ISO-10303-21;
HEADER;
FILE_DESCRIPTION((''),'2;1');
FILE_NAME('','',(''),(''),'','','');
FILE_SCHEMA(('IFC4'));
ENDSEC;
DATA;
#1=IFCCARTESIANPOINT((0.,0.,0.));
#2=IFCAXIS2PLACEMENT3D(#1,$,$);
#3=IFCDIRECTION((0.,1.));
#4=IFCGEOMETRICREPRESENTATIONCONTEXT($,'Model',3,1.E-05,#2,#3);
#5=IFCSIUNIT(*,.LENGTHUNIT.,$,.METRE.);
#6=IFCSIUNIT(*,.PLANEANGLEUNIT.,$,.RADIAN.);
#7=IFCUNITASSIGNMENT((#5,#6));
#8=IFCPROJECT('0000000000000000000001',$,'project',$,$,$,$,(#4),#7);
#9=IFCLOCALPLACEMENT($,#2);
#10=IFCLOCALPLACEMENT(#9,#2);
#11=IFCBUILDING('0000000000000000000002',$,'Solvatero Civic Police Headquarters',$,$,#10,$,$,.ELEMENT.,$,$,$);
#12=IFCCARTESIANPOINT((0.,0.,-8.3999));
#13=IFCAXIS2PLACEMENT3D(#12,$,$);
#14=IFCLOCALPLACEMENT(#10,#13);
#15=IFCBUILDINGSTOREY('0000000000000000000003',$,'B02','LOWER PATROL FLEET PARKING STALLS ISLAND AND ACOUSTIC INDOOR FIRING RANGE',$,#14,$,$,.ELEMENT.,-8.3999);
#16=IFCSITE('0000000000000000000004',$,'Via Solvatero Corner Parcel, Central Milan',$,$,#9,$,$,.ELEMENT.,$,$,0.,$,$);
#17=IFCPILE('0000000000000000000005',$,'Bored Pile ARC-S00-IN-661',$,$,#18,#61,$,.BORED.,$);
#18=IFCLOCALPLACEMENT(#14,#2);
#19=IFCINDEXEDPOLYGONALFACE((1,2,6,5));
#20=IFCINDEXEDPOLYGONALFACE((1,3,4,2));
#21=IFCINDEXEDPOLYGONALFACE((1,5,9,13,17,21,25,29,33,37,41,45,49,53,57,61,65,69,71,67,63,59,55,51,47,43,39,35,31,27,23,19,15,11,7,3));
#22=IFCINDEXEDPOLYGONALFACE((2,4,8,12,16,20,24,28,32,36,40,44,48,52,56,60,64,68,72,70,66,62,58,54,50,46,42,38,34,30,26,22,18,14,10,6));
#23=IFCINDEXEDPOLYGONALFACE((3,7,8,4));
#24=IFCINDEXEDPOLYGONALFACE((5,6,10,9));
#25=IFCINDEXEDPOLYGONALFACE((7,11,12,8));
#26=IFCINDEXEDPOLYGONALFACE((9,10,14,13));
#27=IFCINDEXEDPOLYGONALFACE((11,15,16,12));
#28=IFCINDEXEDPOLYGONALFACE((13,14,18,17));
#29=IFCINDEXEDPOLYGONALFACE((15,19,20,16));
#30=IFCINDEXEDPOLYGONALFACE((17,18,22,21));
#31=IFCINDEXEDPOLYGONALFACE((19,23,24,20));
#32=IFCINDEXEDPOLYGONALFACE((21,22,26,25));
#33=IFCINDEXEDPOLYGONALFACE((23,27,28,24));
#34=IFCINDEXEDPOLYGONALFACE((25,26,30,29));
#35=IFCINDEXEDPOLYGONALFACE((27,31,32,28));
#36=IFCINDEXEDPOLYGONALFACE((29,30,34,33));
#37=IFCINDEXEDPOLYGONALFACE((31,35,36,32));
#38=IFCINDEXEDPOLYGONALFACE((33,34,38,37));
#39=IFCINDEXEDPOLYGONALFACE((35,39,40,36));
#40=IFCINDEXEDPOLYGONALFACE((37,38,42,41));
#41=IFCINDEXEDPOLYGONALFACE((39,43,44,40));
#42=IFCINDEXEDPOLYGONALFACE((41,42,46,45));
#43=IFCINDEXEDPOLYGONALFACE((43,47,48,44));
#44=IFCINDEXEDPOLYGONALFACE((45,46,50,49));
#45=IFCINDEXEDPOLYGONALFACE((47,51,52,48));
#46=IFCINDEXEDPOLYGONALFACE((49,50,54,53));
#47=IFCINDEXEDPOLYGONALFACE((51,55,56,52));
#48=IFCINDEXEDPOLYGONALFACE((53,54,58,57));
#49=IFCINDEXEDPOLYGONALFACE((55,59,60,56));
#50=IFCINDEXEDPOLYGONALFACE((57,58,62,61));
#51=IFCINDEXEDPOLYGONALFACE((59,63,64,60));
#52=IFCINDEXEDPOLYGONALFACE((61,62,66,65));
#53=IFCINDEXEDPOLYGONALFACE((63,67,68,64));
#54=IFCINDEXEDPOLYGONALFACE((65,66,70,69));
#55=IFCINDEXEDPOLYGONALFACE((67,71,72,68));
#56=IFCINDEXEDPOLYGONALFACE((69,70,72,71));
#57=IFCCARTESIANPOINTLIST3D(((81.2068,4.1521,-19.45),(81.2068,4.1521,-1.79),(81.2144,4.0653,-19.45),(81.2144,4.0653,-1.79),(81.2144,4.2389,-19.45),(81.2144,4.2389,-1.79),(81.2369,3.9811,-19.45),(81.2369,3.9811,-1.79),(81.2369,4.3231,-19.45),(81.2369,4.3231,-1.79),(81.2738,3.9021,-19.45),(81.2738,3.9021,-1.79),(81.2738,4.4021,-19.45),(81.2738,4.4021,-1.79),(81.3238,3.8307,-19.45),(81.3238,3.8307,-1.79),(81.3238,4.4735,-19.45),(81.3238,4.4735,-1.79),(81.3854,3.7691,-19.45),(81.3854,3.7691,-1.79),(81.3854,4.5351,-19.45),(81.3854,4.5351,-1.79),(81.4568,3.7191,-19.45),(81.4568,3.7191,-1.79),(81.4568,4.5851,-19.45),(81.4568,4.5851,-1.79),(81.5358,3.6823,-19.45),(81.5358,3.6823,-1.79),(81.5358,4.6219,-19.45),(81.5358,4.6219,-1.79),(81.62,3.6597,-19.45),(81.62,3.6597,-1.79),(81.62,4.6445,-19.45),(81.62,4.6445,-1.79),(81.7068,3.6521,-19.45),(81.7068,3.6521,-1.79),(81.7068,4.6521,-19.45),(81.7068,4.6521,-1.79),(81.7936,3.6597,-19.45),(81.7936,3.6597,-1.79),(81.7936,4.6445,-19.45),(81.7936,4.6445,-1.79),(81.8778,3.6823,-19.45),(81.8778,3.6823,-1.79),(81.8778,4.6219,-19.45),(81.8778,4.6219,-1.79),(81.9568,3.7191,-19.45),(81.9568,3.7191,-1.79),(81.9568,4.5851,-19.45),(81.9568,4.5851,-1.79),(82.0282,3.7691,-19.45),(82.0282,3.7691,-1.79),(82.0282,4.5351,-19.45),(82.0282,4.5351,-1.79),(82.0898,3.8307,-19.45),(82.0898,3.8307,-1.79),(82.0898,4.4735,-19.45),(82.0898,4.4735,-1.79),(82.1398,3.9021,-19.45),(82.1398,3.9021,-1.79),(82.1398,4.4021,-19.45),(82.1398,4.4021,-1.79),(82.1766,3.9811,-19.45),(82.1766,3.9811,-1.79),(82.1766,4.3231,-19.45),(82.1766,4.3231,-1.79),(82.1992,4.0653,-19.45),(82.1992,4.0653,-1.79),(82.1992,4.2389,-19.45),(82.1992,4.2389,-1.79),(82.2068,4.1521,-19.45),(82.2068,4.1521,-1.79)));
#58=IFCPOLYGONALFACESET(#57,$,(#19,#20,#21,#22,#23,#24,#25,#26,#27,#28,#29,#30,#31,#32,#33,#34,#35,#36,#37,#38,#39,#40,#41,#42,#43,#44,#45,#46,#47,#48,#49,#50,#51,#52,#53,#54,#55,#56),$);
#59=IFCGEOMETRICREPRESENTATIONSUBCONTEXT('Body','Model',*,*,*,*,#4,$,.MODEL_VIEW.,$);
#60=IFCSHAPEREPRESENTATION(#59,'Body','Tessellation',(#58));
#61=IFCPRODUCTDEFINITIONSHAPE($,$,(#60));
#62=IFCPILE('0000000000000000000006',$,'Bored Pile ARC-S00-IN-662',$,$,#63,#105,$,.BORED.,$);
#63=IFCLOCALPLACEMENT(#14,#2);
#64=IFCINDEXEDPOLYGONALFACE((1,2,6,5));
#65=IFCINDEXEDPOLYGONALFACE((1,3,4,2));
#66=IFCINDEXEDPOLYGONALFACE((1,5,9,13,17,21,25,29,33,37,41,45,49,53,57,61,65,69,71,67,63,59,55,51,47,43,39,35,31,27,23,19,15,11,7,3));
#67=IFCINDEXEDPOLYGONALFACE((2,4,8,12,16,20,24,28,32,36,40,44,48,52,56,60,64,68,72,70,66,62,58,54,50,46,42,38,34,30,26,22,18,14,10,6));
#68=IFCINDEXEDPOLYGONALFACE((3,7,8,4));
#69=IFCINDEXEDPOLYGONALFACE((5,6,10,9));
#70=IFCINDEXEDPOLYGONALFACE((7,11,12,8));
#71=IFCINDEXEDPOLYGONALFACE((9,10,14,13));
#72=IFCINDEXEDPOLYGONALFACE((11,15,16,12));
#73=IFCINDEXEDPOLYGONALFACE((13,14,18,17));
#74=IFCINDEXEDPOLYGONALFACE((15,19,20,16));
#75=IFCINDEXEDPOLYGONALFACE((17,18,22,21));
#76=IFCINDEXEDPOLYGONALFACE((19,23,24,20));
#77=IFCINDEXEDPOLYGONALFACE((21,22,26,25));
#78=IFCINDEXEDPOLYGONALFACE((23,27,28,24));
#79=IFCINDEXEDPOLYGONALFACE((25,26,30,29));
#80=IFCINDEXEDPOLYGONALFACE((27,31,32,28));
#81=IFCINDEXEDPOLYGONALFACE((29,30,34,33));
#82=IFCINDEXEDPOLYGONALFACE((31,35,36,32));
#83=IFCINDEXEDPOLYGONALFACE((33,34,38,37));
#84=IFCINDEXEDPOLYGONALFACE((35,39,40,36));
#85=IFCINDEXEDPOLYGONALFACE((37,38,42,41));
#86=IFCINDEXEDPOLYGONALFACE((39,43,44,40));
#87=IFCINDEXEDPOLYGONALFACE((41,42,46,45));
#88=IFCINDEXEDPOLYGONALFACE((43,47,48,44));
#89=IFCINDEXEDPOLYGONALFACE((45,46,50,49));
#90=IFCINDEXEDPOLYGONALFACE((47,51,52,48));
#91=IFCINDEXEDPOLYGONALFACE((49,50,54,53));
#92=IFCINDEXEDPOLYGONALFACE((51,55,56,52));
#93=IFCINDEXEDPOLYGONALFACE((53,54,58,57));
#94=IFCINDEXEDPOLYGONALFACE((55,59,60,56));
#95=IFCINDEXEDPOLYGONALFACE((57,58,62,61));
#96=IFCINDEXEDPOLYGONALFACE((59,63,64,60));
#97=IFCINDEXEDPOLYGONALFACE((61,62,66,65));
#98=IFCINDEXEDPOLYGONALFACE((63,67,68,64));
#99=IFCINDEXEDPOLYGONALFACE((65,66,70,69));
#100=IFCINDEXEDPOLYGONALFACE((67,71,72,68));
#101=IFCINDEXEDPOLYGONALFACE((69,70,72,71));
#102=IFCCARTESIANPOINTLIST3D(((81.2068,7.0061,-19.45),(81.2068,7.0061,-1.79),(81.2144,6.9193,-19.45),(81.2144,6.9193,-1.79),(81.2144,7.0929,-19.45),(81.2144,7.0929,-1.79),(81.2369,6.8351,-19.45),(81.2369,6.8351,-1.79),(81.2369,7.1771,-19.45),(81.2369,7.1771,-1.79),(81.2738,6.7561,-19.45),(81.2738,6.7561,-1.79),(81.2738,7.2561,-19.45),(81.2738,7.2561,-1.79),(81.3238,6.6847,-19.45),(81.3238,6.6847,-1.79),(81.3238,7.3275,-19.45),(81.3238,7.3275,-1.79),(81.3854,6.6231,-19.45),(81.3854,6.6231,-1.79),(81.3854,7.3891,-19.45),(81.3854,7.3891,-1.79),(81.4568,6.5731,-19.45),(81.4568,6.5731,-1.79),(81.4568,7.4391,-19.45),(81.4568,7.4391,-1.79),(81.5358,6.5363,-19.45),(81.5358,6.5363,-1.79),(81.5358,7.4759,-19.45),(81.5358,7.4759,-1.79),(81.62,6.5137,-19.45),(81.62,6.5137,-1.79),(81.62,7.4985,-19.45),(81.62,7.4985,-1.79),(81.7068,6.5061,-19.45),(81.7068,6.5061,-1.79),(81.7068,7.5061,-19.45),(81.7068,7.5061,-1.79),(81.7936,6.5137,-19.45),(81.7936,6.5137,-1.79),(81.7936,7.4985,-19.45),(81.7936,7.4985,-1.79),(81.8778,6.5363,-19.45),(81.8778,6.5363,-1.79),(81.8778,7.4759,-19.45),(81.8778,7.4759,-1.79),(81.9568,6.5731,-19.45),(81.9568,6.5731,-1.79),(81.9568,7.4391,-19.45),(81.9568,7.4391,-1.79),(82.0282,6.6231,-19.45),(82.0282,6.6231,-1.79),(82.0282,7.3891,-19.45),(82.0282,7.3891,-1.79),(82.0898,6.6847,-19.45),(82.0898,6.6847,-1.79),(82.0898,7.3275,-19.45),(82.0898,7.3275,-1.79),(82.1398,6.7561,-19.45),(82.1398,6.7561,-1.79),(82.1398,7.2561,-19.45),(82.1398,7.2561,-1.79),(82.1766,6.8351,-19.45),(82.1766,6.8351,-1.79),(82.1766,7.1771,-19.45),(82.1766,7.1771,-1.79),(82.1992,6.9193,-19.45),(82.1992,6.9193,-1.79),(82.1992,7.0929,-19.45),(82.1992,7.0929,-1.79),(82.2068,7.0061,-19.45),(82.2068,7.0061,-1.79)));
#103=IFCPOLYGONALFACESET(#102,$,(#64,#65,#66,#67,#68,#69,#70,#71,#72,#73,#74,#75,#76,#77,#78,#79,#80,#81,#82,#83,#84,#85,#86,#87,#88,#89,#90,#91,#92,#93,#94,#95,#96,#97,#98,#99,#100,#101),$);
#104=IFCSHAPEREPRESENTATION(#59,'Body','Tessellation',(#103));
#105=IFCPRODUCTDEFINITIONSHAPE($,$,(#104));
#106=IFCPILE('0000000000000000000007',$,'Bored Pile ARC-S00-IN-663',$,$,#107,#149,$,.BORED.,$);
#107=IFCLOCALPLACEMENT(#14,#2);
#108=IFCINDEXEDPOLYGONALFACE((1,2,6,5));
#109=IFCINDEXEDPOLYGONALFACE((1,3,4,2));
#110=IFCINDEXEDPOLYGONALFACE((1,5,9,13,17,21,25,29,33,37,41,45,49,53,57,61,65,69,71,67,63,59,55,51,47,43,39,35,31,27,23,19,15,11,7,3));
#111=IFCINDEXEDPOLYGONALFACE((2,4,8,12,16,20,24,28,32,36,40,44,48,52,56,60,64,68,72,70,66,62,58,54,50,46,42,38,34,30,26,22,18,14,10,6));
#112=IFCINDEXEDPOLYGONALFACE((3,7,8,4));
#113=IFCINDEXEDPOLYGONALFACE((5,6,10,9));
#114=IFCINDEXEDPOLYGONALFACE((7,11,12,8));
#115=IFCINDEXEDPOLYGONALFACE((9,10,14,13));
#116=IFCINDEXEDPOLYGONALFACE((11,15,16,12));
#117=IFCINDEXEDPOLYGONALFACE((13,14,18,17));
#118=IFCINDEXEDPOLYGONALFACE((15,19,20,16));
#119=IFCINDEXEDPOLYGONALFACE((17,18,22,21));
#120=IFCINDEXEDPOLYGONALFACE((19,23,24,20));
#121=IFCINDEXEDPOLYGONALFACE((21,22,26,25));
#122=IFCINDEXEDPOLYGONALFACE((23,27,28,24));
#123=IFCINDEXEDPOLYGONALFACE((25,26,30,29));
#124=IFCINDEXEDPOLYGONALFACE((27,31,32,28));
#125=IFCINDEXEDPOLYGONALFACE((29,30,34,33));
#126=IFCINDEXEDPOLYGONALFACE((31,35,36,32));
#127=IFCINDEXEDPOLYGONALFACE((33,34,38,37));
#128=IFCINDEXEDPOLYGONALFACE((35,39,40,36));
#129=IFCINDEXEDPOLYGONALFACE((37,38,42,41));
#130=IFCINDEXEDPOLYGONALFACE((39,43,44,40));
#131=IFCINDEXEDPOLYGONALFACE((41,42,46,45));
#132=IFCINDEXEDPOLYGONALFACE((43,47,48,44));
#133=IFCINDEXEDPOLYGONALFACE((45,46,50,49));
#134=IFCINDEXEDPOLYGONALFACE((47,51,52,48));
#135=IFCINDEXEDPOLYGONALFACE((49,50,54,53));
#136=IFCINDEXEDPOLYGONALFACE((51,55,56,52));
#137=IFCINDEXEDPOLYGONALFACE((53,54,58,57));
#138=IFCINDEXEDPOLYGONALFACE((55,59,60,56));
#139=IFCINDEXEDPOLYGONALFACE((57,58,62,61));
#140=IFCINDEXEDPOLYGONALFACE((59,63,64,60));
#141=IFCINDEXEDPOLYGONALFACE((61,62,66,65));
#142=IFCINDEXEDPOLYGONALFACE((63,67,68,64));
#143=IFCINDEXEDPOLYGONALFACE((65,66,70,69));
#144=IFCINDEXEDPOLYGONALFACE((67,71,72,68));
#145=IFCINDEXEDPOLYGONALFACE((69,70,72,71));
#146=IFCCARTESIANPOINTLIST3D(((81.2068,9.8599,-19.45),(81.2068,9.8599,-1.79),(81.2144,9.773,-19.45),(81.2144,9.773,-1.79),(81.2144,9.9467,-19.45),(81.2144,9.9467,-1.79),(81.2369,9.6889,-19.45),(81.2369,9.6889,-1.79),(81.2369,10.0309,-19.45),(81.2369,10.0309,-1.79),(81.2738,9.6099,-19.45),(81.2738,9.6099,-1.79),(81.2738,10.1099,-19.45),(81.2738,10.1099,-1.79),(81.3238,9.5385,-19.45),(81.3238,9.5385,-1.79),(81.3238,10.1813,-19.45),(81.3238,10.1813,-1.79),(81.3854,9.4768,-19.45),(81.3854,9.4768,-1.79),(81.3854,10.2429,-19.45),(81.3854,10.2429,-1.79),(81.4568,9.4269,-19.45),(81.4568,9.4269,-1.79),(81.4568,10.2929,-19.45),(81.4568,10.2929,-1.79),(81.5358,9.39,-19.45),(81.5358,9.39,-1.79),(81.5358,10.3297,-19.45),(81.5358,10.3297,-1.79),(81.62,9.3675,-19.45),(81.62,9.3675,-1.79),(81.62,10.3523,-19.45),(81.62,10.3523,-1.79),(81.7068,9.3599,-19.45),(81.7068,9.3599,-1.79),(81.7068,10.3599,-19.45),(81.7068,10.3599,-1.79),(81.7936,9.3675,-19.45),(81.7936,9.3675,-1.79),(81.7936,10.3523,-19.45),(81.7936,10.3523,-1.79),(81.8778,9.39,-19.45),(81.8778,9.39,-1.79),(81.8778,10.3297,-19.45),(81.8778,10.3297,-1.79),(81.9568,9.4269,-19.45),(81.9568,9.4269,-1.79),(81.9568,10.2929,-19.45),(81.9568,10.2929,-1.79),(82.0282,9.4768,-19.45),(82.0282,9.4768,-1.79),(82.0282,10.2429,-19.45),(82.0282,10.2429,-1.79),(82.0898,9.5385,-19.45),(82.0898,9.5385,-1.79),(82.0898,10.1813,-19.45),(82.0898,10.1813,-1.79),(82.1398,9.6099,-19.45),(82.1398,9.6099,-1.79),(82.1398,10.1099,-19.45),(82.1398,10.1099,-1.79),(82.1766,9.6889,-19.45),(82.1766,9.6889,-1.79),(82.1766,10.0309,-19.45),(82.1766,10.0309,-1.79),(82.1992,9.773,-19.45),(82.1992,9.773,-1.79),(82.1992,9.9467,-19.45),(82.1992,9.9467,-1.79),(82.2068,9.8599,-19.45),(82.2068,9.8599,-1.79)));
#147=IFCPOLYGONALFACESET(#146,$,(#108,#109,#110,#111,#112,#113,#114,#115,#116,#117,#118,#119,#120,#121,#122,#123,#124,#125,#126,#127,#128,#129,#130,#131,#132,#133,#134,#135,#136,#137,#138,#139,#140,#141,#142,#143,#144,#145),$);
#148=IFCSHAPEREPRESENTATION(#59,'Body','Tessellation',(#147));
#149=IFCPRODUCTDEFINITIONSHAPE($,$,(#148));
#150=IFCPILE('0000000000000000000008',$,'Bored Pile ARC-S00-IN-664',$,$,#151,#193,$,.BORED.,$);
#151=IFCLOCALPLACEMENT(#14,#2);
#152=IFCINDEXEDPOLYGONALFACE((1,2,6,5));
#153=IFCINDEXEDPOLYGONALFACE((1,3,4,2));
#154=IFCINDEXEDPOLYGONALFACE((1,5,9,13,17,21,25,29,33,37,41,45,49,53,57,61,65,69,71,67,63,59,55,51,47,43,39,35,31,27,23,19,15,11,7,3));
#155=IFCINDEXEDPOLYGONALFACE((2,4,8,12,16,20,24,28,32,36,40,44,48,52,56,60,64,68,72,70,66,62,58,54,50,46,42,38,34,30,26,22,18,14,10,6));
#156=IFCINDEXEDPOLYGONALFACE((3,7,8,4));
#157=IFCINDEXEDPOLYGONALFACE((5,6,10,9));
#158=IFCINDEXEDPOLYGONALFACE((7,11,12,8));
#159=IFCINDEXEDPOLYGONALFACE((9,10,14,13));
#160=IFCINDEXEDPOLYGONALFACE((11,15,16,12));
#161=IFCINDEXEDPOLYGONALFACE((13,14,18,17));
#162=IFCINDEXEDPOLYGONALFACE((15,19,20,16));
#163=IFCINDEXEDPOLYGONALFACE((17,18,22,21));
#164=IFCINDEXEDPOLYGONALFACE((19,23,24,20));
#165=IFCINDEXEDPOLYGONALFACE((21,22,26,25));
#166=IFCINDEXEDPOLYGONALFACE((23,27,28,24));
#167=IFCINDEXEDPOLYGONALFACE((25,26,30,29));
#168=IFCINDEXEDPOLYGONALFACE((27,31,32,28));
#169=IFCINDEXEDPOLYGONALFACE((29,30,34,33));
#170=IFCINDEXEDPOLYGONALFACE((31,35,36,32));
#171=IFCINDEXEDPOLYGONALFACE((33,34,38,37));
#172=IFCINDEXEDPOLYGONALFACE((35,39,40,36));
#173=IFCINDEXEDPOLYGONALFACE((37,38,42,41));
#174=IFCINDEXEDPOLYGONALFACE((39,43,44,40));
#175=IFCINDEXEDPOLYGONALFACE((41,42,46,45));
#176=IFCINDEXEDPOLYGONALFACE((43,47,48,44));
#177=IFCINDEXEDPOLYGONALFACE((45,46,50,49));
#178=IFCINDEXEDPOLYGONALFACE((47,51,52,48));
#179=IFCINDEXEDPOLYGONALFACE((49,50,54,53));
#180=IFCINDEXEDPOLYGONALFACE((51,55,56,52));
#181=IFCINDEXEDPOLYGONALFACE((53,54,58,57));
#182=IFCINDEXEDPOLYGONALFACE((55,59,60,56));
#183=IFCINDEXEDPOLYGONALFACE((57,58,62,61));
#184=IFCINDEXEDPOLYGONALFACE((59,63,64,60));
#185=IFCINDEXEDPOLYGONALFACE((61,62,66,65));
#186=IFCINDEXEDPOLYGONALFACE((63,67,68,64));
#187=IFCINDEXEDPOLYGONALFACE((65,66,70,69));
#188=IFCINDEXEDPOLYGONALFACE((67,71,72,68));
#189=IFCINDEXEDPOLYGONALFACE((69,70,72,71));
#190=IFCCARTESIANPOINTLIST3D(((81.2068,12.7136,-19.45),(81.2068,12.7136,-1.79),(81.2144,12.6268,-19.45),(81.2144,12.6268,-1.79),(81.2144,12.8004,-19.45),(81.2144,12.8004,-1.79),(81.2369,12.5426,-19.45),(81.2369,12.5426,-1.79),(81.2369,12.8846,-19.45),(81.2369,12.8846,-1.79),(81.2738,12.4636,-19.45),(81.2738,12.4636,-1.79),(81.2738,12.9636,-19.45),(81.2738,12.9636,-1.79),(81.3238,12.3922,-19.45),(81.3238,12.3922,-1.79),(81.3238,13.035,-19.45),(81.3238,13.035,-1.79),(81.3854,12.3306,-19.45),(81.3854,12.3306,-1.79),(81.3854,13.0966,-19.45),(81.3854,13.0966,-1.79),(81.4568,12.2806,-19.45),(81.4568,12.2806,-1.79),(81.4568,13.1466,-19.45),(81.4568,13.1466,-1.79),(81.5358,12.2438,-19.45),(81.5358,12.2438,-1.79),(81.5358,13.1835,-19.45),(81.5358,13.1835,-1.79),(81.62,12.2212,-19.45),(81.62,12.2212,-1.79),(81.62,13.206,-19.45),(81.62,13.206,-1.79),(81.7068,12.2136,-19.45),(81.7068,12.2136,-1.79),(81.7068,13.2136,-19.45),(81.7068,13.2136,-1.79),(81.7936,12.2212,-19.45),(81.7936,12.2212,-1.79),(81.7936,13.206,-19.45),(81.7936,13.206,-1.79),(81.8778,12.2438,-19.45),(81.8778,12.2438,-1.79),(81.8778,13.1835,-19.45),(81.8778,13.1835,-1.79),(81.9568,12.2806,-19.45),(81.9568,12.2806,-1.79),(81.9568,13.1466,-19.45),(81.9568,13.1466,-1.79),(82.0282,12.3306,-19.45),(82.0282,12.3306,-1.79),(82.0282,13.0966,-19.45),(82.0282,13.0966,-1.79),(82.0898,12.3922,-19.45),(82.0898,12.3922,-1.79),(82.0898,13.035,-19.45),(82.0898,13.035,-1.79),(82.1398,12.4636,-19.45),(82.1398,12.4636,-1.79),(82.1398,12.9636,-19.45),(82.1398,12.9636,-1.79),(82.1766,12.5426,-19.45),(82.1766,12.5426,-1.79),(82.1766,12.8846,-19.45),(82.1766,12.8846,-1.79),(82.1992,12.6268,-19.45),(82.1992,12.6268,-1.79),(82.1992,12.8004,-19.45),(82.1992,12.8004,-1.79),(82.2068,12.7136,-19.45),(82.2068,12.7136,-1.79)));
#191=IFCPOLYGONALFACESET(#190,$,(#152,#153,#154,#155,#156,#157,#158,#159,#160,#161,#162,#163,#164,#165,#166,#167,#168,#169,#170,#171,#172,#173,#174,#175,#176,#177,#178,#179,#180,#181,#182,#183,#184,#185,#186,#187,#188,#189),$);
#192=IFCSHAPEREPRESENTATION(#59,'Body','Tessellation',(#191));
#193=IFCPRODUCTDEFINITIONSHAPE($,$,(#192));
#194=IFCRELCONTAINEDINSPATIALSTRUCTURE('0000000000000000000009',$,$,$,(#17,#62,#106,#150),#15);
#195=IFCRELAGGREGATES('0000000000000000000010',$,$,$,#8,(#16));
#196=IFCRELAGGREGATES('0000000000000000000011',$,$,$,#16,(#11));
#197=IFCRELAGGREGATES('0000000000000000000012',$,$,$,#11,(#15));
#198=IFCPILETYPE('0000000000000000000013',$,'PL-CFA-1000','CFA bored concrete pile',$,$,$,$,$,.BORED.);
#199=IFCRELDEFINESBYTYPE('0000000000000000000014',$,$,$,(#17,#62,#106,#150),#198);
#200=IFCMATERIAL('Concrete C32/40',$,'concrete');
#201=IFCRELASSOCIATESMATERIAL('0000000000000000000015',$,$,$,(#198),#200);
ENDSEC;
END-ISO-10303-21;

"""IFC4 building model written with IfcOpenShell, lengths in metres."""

from ifc_helpers import new_model, si_unit, direction, frame, origin, origin_2d, place, context, subcontext, project, spatial, circle, extrude, material, material_profile, profile_set, type_object, element, save


model = new_model("IFC4")

# Units and contexts
model_context = context("Model", 3, precision=1e-05, world=origin(), true_north=direction((0.0, 1.0)))
body_context = subcontext(model_context, "Body", "Model", "MODEL_VIEW")
ifc_project = project(units=[si_unit("LENGTHUNIT", "METRE"), si_unit("PLANEANGLEUNIT", "RADIAN")], contexts=[model_context])

# Site, building, storey
site_placement = place(None, origin())
site = spatial("IfcSite", under=ifc_project, at=site_placement, Name="Via Solvatero Corner Parcel, Central Milan", CompositionType="ELEMENT", RefElevation=0.0)
building_placement = place(site_placement, origin())
building = spatial("IfcBuilding", under=site, at=building_placement, Name="Solvatero Civic Police Headquarters", CompositionType="ELEMENT")
storey_placement = place(building_placement, frame((0.0, 0.0, -8.3999)))
storey = spatial("IfcBuildingStorey", under=building, at=storey_placement, Name="B02", Description="LOWER PATROL FLEET PARKING STALLS ISLAND AND ACOUSTIC INDOOR FIRING RANGE", CompositionType="ELEMENT", Elevation=-8.3999)

# Piles
ifc_material_1 = material(Name="Concrete C32/40", Category="concrete")
ifc_material_profile_1 = material_profile(ifc_material_1, circle(Radius=0.5, at=origin_2d()), Name="CFA PILE D1000")
ifc_profile_set_1 = profile_set([ifc_material_profile_1], Name="Concrete C32/40")
pile_type = type_object("IfcPileType", Name="PL-CFA-1000", Description="CFA bored concrete pile", PredefinedType="BORED", material=ifc_profile_set_1)
for number, where, z_axis, x_axis, name in (
    (1, (81.7068, 4.1521, -1.79), (0.0, 0.0, -1.0), (1.0, 0.0, 0.0), "Bored Pile ARC-S00-IN-661"),
    (2, (81.7068, 7.0061, -1.79), (0.0, 0.0, -1.0), (1.0, 0.0, 0.0), "Bored Pile ARC-S00-IN-662"),
    (3, (81.7068, 9.8599, -1.79), (0.0, 0.0, -1.0), (1.0, 0.0, 0.0), "Bored Pile ARC-S00-IN-663"),
    (4, (81.7068, 12.7136, -1.79), (0.0, 0.0, -1.0), (1.0, 0.0, 0.0), "Bored Pile ARC-S00-IN-664"),
):
    element("IfcPile", number, at=place(storey_placement, frame(where, z_axis=z_axis, x_axis=x_axis)), inside=storey, type_object=pile_type, Name=name, PredefinedType="BORED", context=body_context, shape_type="SweptSolid", body=[
        extrude(circle(Radius=0.5, at=origin_2d()), origin(), (0.0, 0.0, 1.0), 17.6599),
    ])

save(model, "model.ifc")
